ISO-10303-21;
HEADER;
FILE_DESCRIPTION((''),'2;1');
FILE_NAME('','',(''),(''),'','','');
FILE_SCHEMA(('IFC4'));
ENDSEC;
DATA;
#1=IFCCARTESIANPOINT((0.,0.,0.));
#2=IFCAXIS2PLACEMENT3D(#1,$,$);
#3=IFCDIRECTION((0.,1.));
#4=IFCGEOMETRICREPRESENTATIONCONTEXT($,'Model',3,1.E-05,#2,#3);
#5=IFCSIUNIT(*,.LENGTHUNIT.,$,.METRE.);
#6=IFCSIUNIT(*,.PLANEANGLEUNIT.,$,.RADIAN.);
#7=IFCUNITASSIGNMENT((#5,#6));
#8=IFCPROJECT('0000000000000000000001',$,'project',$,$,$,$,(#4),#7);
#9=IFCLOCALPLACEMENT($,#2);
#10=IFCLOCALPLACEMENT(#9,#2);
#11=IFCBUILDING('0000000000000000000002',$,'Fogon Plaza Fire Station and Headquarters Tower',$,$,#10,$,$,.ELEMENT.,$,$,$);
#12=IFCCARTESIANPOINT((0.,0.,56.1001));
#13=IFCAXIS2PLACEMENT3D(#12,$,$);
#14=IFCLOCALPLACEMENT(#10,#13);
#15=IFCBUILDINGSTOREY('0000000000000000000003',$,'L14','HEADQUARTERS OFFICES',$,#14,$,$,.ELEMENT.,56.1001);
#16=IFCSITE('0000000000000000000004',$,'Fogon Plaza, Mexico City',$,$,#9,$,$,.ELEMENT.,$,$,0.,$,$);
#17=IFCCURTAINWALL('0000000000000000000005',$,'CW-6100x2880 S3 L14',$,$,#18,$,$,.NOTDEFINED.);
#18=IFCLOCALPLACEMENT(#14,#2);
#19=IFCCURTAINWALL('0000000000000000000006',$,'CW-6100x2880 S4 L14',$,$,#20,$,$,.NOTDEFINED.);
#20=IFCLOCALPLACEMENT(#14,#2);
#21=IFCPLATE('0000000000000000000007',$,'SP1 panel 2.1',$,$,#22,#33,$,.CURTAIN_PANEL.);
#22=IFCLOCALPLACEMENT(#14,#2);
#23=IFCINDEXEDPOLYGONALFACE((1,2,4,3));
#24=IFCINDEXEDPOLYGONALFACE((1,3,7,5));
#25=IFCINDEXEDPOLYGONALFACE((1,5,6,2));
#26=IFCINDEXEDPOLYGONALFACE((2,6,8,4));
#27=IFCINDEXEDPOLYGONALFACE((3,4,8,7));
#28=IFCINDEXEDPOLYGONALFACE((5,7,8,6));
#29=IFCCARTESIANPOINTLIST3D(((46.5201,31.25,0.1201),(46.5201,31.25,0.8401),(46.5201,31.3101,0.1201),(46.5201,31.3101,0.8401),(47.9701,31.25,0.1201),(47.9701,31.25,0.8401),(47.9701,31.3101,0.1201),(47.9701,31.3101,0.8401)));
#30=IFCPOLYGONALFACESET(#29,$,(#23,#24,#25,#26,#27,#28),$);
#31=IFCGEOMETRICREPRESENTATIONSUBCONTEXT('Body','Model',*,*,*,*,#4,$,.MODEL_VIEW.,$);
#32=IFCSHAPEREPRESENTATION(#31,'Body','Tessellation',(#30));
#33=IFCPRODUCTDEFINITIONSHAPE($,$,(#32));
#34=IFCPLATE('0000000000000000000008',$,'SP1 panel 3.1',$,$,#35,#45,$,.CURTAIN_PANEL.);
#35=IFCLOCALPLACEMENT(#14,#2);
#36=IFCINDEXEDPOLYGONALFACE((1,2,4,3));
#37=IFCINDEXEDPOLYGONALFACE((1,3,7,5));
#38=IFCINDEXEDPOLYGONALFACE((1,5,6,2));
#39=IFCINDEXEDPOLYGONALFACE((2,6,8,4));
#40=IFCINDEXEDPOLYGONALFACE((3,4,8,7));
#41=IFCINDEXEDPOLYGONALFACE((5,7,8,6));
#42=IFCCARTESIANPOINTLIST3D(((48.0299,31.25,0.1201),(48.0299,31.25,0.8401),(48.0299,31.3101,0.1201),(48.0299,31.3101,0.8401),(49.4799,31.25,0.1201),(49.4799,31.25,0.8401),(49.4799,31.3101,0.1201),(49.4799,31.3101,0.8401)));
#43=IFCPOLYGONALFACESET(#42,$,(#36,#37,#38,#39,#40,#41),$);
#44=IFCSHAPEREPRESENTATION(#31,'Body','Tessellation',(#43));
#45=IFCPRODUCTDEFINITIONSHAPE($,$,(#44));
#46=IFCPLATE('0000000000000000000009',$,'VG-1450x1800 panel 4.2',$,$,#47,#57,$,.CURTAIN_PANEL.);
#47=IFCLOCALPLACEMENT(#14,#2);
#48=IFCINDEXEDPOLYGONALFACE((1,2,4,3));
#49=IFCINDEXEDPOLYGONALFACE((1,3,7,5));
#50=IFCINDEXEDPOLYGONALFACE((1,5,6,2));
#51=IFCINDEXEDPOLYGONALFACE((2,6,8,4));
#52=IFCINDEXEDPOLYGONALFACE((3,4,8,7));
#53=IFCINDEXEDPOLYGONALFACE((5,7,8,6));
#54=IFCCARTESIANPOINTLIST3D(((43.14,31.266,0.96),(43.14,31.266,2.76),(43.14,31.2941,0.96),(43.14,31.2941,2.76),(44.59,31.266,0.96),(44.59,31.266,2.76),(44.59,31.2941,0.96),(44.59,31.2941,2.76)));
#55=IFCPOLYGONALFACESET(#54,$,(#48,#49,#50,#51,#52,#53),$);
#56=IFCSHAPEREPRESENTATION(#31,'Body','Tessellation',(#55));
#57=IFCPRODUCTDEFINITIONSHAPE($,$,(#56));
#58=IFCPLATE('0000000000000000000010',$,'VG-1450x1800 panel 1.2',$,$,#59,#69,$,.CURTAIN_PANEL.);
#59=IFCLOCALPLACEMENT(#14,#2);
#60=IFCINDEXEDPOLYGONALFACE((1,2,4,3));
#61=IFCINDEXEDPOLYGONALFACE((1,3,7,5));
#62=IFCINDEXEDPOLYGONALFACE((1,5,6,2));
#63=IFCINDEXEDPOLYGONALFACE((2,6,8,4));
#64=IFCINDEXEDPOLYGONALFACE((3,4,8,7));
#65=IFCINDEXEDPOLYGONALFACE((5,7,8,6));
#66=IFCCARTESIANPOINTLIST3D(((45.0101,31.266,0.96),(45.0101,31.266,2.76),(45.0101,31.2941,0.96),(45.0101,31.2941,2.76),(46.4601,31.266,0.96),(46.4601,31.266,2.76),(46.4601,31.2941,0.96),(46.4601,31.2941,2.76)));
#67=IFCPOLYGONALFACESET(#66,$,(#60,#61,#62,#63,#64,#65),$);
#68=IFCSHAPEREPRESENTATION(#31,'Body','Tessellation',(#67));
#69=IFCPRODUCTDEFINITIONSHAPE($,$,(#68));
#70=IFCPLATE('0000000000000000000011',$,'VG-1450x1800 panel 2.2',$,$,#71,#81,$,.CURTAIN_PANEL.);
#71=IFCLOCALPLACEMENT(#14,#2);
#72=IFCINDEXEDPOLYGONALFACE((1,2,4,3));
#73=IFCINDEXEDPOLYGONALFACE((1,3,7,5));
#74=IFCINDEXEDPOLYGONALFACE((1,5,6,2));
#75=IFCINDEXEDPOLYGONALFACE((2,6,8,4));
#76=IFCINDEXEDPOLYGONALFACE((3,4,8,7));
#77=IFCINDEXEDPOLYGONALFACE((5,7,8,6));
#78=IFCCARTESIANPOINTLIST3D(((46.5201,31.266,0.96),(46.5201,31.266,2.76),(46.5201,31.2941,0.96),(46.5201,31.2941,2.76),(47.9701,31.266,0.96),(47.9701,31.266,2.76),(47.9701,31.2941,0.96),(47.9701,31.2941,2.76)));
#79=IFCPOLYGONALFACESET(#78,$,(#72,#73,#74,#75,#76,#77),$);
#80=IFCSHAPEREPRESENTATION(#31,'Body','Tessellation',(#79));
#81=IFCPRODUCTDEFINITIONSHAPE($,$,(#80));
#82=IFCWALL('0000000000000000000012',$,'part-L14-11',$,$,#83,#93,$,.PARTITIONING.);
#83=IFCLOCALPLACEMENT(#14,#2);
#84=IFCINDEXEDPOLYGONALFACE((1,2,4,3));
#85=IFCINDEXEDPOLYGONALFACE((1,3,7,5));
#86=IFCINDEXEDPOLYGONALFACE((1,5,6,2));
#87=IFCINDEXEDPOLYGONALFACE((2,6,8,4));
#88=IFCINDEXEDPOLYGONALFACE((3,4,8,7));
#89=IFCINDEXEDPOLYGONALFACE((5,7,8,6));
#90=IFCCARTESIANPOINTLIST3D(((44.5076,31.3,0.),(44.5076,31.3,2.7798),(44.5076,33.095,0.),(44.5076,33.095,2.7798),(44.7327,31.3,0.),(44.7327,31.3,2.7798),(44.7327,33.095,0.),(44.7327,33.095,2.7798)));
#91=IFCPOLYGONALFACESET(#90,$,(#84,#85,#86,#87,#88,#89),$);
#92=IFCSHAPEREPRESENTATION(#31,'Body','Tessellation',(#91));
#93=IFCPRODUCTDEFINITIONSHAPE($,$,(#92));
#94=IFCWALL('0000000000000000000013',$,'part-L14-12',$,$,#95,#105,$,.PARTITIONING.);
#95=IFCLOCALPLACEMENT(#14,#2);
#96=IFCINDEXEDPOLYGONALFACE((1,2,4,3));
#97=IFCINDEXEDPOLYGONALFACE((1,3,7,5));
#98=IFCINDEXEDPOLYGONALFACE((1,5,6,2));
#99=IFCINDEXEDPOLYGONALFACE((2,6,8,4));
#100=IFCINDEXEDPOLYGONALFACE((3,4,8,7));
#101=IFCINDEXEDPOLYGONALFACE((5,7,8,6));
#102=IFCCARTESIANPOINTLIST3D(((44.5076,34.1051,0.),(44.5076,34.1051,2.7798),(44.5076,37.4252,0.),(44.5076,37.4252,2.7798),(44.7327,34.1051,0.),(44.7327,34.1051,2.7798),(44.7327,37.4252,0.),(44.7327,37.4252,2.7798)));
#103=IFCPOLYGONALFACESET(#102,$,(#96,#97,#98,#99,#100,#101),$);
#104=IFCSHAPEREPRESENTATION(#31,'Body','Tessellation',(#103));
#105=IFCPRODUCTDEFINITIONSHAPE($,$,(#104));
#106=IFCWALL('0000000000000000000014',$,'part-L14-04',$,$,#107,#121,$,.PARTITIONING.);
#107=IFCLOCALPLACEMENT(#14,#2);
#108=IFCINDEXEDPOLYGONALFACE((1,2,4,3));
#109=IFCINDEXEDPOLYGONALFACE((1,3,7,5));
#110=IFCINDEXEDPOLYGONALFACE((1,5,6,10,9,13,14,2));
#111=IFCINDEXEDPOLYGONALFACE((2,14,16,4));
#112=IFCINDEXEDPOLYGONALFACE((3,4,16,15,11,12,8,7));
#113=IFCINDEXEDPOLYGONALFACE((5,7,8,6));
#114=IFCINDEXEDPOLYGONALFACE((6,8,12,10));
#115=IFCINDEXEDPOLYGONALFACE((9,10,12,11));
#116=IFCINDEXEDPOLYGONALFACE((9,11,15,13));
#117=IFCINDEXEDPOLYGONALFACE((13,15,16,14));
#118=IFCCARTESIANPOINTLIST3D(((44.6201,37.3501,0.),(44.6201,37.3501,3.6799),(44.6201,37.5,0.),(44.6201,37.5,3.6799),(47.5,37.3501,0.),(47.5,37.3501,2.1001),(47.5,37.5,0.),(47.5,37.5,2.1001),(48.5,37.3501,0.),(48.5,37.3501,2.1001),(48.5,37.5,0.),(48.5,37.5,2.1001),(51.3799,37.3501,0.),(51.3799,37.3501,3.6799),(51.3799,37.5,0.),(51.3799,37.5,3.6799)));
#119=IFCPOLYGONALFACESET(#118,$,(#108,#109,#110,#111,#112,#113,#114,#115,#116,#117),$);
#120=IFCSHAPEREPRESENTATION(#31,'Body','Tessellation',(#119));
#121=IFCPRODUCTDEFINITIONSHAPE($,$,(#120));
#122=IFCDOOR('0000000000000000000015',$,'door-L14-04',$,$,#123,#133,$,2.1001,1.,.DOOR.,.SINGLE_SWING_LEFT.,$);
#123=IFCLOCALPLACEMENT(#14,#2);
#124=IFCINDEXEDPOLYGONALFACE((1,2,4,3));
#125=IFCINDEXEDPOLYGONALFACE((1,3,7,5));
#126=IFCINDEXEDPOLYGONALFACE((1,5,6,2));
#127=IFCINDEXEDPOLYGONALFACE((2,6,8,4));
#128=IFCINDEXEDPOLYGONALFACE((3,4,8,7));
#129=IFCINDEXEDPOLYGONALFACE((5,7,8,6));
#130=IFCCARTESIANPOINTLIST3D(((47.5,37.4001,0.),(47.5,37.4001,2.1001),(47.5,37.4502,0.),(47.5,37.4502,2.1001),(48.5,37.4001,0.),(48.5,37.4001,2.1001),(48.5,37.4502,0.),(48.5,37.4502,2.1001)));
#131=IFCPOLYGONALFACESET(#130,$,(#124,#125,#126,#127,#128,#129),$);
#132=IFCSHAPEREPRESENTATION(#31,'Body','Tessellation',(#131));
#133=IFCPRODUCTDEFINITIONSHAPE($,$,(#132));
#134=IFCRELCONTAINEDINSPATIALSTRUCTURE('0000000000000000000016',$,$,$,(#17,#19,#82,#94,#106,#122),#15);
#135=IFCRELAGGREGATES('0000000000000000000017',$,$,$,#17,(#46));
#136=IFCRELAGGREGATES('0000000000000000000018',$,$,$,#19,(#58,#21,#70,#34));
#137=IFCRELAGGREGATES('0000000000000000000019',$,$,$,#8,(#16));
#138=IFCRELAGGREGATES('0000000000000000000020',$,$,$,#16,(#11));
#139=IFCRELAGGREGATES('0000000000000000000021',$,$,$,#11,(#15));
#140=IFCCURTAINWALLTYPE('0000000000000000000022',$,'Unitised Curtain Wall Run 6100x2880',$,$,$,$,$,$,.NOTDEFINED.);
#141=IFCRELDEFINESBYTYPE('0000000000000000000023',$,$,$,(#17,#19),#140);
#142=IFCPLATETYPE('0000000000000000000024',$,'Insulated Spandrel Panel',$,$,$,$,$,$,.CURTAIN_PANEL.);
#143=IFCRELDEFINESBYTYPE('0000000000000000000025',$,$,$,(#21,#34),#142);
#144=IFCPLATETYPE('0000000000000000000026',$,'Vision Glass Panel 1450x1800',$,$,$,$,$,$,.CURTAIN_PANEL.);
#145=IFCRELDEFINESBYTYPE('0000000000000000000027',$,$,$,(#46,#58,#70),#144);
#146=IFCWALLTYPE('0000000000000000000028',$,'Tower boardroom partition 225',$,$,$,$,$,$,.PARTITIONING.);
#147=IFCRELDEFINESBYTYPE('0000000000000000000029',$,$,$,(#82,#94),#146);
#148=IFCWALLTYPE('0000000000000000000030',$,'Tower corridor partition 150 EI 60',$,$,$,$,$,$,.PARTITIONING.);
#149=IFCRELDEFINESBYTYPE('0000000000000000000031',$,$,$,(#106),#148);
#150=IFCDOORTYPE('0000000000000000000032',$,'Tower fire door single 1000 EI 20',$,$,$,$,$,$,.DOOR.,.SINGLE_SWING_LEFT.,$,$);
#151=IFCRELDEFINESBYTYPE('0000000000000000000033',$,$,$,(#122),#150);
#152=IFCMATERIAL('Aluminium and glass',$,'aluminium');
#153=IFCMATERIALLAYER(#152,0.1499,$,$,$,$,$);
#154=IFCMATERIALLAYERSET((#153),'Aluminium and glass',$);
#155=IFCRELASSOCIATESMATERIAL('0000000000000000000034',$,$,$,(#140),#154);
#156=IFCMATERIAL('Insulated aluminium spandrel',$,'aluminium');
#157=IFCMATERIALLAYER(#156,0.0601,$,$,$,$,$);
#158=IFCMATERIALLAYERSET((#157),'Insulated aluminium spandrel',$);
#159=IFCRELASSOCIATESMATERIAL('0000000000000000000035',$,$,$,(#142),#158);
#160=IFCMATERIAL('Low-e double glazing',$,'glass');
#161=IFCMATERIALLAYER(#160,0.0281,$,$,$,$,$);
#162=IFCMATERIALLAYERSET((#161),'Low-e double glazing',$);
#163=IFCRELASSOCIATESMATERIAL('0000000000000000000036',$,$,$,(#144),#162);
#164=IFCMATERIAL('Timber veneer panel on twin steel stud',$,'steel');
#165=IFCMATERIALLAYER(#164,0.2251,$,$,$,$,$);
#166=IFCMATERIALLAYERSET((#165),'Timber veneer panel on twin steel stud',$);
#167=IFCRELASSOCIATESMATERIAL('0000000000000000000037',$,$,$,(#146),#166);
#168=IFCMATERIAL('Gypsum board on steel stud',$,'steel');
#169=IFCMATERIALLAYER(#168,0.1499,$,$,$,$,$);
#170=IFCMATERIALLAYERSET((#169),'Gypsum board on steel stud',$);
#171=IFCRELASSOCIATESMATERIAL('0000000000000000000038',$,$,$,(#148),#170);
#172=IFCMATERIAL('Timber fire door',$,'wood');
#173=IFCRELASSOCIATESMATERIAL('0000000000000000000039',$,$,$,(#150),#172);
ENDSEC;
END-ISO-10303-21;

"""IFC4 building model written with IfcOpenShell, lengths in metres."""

from ifc_helpers import new_model, si_unit, direction, frame, frame_2d, origin, origin_2d, place, context, subcontext, project, spatial, rectangle, extrude, material, layer, layer_set, type_object, element, fill, aggregate, save


model = new_model("IFC4")

# Units and contexts
model_context = context("Model", 3, precision=1e-05, world=origin(), true_north=direction((0.0, 1.0)))
body_context = subcontext(model_context, "Body", "Model", "MODEL_VIEW")
ifc_project = project(units=[si_unit("LENGTHUNIT", "METRE"), si_unit("PLANEANGLEUNIT", "RADIAN")], contexts=[model_context])

# Site, building, storey
site_placement = place(None, origin())
site = spatial("IfcSite", under=ifc_project, at=site_placement, Name="Fogon Plaza, Mexico City", CompositionType="ELEMENT", RefElevation=0.0)
building_placement = place(site_placement, origin())
building = spatial("IfcBuilding", under=site, at=building_placement, Name="Fogon Plaza Fire Station and Headquarters Tower", CompositionType="ELEMENT")
storey_placement = place(building_placement, frame((0.0, 0.0, 56.1001)))
storey = spatial("IfcBuildingStorey", under=building, at=storey_placement, Name="L14", Description="HEADQUARTERS OFFICES", CompositionType="ELEMENT", Elevation=56.1001)

# Curtain walls
ifc_material_1 = material(Name="Aluminium and glass", Category="aluminium")
ifc_layer_1 = layer(ifc_material_1, 0.1499)
ifc_layer_set_1 = layer_set([ifc_layer_1], Name="Aluminium and glass")
curtain_wall_type = type_object("IfcCurtainWallType", Name="Unitised Curtain Wall Run 6100x2880", PredefinedType="NOTDEFINED", material=ifc_layer_set_1)
curtain_wall_1_placement = place(storey_placement, origin())
curtain_wall_1 = element("IfcCurtainWall", 1, at=curtain_wall_1_placement, inside=storey, type_object=curtain_wall_type, Name="CW-6100x2880 S3 L14", PredefinedType="NOTDEFINED")
curtain_wall_2_placement = place(storey_placement, origin())
curtain_wall_2 = element("IfcCurtainWall", 2, at=curtain_wall_2_placement, inside=storey, type_object=curtain_wall_type, Name="CW-6100x2880 S4 L14", PredefinedType="NOTDEFINED")

# Plates
ifc_material_2 = material(Name="Insulated aluminium spandrel", Category="aluminium")
ifc_layer_2 = layer(ifc_material_2, 0.0601)
ifc_layer_set_2 = layer_set([ifc_layer_2], Name="Insulated aluminium spandrel")
plate_type_1 = type_object("IfcPlateType", Name="Insulated Spandrel Panel", PredefinedType="CURTAIN_PANEL", material=ifc_layer_set_2)
plate_1_placement = place(storey_placement, frame((47.2451, 31.28, 0.1201), z_axis=(0.0, 0.0, 1.0), x_axis=(1.0, 0.0, 0.0)))
plate_1 = element("IfcPlate", 3, at=plate_1_placement, type_object=plate_type_1, Name="SP1 panel 2.1", PredefinedType="CURTAIN_PANEL", context=body_context, shape_type="SweptSolid", body=[
    extrude(rectangle(XDim=1.45, YDim=0.0601, at=origin_2d()), origin(), (0.0, 0.0, 1.0), 0.72),
])
plate_2_placement = place(storey_placement, frame((48.7549, 31.28, 0.1201), z_axis=(0.0, 0.0, 1.0), x_axis=(1.0, 0.0, 0.0)))
plate_2 = element("IfcPlate", 4, at=plate_2_placement, type_object=plate_type_1, Name="SP1 panel 3.1", PredefinedType="CURTAIN_PANEL", context=body_context, shape_type="SweptSolid", body=[
    extrude(rectangle(XDim=1.45, YDim=0.0601, at=origin_2d()), origin(), (0.0, 0.0, 1.0), 0.72),
])
ifc_material_3 = material(Name="Low-e double glazing", Category="glass")
ifc_layer_3 = layer(ifc_material_3, 0.0281)
ifc_layer_set_3 = layer_set([ifc_layer_3], Name="Low-e double glazing")
plate_type_2 = type_object("IfcPlateType", Name="Vision Glass Panel 1450x1800", PredefinedType="CURTAIN_PANEL", material=ifc_layer_set_3)
plate_3_placement = place(storey_placement, frame((43.865, 31.28, 0.96), z_axis=(0.0, 0.0, 1.0), x_axis=(1.0, 0.0, 0.0)))
plate_3 = element("IfcPlate", 5, at=plate_3_placement, type_object=plate_type_2, Name="VG-1450x1800 panel 4.2", PredefinedType="CURTAIN_PANEL", context=body_context, shape_type="SweptSolid", body=[
    extrude(rectangle(XDim=1.45, YDim=0.0281, at=origin_2d()), origin(), (0.0, 0.0, 1.0), 1.8),
])
aggregate(curtain_wall_1, [plate_3])
plate_4_placement = place(storey_placement, frame((45.7351, 31.28, 0.96), z_axis=(0.0, 0.0, 1.0), x_axis=(1.0, 0.0, 0.0)))
plate_4 = element("IfcPlate", 6, at=plate_4_placement, type_object=plate_type_2, Name="VG-1450x1800 panel 1.2", PredefinedType="CURTAIN_PANEL", context=body_context, shape_type="SweptSolid", body=[
    extrude(rectangle(XDim=1.45, YDim=0.0281, at=origin_2d()), origin(), (0.0, 0.0, 1.0), 1.8),
])
plate_5_placement = place(storey_placement, frame((47.2451, 31.28, 0.96), z_axis=(0.0, 0.0, 1.0), x_axis=(1.0, 0.0, 0.0)))
plate_5 = element("IfcPlate", 7, at=plate_5_placement, type_object=plate_type_2, Name="VG-1450x1800 panel 2.2", PredefinedType="CURTAIN_PANEL", context=body_context, shape_type="SweptSolid", body=[
    extrude(rectangle(XDim=1.45, YDim=0.0281, at=origin_2d()), origin(), (0.0, 0.0, 1.0), 1.8),
])
aggregate(curtain_wall_2, [plate_4, plate_1, plate_5, plate_2])

# Walls
ifc_material_4 = material(Name="Timber veneer panel on twin steel stud", Category="steel")
ifc_layer_4 = layer(ifc_material_4, 0.2251)
ifc_layer_set_4 = layer_set([ifc_layer_4], Name="Timber veneer panel on twin steel stud")
wall_type_1 = type_object("IfcWallType", Name="Tower boardroom partition 225", PredefinedType="PARTITIONING", material=ifc_layer_set_4)
wall_1_placement = place(storey_placement, frame((44.6201, 31.3, 0.0), z_axis=(0.0, 0.0, 1.0), x_axis=(0.0, 1.0, 0.0)))
element("IfcWall", 8, at=wall_1_placement, inside=storey, type_object=wall_type_1, Name="part-L14-11", PredefinedType="PARTITIONING", context=body_context, shape_type="SweptSolid", body=[
    extrude(rectangle(XDim=1.7949, YDim=0.2251, at=frame_2d((0.8975, 0.0))), origin(), (0.0, 0.0, 1.0), 2.7798),
])
wall_2_placement = place(storey_placement, frame((44.6201, 34.105, 0.0), z_axis=(0.0, 0.0, 1.0), x_axis=(0.0, 1.0, 0.0)))
element("IfcWall", 9, at=wall_2_placement, inside=storey, type_object=wall_type_1, Name="part-L14-12", PredefinedType="PARTITIONING", context=body_context, shape_type="SweptSolid", body=[
    extrude(rectangle(XDim=3.3201, YDim=0.2251, at=frame_2d((1.6602, 0.0))), origin(), (0.0, 0.0, 1.0), 2.7798),
])

# Wall, opening, door
ifc_material_5 = material(Name="Gypsum board on steel stud", Category="steel")
ifc_layer_5 = layer(ifc_material_5, 0.1499)
ifc_layer_set_5 = layer_set([ifc_layer_5], Name="Gypsum board on steel stud")
wall_type_2 = type_object("IfcWallType", Name="Tower corridor partition 150 EI 60", PredefinedType="PARTITIONING", material=ifc_layer_set_5)
wall_3_placement = place(storey_placement, frame((44.6201, 37.425, 0.0), z_axis=(0.0, 0.0, 1.0), x_axis=(1.0, 0.0, 0.0)))
wall_3 = element("IfcWall", 10, at=wall_3_placement, inside=storey, type_object=wall_type_2, Name="part-L14-04", PredefinedType="PARTITIONING", context=body_context, shape_type="SweptSolid", body=[
    extrude(rectangle(XDim=6.7598, YDim=0.1499, at=frame_2d((3.3799, 0.0))), origin(), (0.0, 0.0, 1.0), 3.6799),
])
opening_placement = place(wall_3_placement, frame((2.8799, 0.0, 0.0)))
opening = element("IfcOpeningElement", 11, at=opening_placement, cuts=wall_3, PredefinedType="OPENING", context=body_context, shape_type="SweptSolid", body=[
    extrude(rectangle(XDim=1.0, YDim=2.1001, at=frame_2d((0.5, 1.05))), frame((0.0, 0.085, 0.0), z_axis=(0.0, -1.0, 0.0), x_axis=(1.0, 0.0, 0.0)), (0.0, 0.0, 1.0), 0.1699),
])
ifc_material_6 = material(Name="Timber fire door", Category="wood")
door_type = type_object("IfcDoorType", Name="Tower fire door single 1000 EI 20", OperationType="SINGLE_SWING_LEFT", PredefinedType="DOOR", material=ifc_material_6)
door_placement = place(opening_placement, frame((1.0, 0.0, 0.0), z_axis=(0.0, 0.0, 1.0), x_axis=(-1.0, 0.0, 0.0)))
door = element("IfcDoor", 12, at=door_placement, inside=storey, type_object=door_type, Name="door-L14-04", OperationType="SINGLE_SWING_LEFT", OverallHeight=2.1001, OverallWidth=1.0, PredefinedType="DOOR", context=body_context, shape_type="SweptSolid", body=[
    extrude(rectangle(XDim=1.0, YDim=2.1001, at=frame_2d((0.5, 1.05))), frame((0.0, 0.0249, 0.0), z_axis=(0.0, -1.0, 0.0), x_axis=(1.0, 0.0, 0.0)), (0.0, 0.0, 1.0), 0.05),
])
fill(opening, door)

save(model, "model.ifc")
